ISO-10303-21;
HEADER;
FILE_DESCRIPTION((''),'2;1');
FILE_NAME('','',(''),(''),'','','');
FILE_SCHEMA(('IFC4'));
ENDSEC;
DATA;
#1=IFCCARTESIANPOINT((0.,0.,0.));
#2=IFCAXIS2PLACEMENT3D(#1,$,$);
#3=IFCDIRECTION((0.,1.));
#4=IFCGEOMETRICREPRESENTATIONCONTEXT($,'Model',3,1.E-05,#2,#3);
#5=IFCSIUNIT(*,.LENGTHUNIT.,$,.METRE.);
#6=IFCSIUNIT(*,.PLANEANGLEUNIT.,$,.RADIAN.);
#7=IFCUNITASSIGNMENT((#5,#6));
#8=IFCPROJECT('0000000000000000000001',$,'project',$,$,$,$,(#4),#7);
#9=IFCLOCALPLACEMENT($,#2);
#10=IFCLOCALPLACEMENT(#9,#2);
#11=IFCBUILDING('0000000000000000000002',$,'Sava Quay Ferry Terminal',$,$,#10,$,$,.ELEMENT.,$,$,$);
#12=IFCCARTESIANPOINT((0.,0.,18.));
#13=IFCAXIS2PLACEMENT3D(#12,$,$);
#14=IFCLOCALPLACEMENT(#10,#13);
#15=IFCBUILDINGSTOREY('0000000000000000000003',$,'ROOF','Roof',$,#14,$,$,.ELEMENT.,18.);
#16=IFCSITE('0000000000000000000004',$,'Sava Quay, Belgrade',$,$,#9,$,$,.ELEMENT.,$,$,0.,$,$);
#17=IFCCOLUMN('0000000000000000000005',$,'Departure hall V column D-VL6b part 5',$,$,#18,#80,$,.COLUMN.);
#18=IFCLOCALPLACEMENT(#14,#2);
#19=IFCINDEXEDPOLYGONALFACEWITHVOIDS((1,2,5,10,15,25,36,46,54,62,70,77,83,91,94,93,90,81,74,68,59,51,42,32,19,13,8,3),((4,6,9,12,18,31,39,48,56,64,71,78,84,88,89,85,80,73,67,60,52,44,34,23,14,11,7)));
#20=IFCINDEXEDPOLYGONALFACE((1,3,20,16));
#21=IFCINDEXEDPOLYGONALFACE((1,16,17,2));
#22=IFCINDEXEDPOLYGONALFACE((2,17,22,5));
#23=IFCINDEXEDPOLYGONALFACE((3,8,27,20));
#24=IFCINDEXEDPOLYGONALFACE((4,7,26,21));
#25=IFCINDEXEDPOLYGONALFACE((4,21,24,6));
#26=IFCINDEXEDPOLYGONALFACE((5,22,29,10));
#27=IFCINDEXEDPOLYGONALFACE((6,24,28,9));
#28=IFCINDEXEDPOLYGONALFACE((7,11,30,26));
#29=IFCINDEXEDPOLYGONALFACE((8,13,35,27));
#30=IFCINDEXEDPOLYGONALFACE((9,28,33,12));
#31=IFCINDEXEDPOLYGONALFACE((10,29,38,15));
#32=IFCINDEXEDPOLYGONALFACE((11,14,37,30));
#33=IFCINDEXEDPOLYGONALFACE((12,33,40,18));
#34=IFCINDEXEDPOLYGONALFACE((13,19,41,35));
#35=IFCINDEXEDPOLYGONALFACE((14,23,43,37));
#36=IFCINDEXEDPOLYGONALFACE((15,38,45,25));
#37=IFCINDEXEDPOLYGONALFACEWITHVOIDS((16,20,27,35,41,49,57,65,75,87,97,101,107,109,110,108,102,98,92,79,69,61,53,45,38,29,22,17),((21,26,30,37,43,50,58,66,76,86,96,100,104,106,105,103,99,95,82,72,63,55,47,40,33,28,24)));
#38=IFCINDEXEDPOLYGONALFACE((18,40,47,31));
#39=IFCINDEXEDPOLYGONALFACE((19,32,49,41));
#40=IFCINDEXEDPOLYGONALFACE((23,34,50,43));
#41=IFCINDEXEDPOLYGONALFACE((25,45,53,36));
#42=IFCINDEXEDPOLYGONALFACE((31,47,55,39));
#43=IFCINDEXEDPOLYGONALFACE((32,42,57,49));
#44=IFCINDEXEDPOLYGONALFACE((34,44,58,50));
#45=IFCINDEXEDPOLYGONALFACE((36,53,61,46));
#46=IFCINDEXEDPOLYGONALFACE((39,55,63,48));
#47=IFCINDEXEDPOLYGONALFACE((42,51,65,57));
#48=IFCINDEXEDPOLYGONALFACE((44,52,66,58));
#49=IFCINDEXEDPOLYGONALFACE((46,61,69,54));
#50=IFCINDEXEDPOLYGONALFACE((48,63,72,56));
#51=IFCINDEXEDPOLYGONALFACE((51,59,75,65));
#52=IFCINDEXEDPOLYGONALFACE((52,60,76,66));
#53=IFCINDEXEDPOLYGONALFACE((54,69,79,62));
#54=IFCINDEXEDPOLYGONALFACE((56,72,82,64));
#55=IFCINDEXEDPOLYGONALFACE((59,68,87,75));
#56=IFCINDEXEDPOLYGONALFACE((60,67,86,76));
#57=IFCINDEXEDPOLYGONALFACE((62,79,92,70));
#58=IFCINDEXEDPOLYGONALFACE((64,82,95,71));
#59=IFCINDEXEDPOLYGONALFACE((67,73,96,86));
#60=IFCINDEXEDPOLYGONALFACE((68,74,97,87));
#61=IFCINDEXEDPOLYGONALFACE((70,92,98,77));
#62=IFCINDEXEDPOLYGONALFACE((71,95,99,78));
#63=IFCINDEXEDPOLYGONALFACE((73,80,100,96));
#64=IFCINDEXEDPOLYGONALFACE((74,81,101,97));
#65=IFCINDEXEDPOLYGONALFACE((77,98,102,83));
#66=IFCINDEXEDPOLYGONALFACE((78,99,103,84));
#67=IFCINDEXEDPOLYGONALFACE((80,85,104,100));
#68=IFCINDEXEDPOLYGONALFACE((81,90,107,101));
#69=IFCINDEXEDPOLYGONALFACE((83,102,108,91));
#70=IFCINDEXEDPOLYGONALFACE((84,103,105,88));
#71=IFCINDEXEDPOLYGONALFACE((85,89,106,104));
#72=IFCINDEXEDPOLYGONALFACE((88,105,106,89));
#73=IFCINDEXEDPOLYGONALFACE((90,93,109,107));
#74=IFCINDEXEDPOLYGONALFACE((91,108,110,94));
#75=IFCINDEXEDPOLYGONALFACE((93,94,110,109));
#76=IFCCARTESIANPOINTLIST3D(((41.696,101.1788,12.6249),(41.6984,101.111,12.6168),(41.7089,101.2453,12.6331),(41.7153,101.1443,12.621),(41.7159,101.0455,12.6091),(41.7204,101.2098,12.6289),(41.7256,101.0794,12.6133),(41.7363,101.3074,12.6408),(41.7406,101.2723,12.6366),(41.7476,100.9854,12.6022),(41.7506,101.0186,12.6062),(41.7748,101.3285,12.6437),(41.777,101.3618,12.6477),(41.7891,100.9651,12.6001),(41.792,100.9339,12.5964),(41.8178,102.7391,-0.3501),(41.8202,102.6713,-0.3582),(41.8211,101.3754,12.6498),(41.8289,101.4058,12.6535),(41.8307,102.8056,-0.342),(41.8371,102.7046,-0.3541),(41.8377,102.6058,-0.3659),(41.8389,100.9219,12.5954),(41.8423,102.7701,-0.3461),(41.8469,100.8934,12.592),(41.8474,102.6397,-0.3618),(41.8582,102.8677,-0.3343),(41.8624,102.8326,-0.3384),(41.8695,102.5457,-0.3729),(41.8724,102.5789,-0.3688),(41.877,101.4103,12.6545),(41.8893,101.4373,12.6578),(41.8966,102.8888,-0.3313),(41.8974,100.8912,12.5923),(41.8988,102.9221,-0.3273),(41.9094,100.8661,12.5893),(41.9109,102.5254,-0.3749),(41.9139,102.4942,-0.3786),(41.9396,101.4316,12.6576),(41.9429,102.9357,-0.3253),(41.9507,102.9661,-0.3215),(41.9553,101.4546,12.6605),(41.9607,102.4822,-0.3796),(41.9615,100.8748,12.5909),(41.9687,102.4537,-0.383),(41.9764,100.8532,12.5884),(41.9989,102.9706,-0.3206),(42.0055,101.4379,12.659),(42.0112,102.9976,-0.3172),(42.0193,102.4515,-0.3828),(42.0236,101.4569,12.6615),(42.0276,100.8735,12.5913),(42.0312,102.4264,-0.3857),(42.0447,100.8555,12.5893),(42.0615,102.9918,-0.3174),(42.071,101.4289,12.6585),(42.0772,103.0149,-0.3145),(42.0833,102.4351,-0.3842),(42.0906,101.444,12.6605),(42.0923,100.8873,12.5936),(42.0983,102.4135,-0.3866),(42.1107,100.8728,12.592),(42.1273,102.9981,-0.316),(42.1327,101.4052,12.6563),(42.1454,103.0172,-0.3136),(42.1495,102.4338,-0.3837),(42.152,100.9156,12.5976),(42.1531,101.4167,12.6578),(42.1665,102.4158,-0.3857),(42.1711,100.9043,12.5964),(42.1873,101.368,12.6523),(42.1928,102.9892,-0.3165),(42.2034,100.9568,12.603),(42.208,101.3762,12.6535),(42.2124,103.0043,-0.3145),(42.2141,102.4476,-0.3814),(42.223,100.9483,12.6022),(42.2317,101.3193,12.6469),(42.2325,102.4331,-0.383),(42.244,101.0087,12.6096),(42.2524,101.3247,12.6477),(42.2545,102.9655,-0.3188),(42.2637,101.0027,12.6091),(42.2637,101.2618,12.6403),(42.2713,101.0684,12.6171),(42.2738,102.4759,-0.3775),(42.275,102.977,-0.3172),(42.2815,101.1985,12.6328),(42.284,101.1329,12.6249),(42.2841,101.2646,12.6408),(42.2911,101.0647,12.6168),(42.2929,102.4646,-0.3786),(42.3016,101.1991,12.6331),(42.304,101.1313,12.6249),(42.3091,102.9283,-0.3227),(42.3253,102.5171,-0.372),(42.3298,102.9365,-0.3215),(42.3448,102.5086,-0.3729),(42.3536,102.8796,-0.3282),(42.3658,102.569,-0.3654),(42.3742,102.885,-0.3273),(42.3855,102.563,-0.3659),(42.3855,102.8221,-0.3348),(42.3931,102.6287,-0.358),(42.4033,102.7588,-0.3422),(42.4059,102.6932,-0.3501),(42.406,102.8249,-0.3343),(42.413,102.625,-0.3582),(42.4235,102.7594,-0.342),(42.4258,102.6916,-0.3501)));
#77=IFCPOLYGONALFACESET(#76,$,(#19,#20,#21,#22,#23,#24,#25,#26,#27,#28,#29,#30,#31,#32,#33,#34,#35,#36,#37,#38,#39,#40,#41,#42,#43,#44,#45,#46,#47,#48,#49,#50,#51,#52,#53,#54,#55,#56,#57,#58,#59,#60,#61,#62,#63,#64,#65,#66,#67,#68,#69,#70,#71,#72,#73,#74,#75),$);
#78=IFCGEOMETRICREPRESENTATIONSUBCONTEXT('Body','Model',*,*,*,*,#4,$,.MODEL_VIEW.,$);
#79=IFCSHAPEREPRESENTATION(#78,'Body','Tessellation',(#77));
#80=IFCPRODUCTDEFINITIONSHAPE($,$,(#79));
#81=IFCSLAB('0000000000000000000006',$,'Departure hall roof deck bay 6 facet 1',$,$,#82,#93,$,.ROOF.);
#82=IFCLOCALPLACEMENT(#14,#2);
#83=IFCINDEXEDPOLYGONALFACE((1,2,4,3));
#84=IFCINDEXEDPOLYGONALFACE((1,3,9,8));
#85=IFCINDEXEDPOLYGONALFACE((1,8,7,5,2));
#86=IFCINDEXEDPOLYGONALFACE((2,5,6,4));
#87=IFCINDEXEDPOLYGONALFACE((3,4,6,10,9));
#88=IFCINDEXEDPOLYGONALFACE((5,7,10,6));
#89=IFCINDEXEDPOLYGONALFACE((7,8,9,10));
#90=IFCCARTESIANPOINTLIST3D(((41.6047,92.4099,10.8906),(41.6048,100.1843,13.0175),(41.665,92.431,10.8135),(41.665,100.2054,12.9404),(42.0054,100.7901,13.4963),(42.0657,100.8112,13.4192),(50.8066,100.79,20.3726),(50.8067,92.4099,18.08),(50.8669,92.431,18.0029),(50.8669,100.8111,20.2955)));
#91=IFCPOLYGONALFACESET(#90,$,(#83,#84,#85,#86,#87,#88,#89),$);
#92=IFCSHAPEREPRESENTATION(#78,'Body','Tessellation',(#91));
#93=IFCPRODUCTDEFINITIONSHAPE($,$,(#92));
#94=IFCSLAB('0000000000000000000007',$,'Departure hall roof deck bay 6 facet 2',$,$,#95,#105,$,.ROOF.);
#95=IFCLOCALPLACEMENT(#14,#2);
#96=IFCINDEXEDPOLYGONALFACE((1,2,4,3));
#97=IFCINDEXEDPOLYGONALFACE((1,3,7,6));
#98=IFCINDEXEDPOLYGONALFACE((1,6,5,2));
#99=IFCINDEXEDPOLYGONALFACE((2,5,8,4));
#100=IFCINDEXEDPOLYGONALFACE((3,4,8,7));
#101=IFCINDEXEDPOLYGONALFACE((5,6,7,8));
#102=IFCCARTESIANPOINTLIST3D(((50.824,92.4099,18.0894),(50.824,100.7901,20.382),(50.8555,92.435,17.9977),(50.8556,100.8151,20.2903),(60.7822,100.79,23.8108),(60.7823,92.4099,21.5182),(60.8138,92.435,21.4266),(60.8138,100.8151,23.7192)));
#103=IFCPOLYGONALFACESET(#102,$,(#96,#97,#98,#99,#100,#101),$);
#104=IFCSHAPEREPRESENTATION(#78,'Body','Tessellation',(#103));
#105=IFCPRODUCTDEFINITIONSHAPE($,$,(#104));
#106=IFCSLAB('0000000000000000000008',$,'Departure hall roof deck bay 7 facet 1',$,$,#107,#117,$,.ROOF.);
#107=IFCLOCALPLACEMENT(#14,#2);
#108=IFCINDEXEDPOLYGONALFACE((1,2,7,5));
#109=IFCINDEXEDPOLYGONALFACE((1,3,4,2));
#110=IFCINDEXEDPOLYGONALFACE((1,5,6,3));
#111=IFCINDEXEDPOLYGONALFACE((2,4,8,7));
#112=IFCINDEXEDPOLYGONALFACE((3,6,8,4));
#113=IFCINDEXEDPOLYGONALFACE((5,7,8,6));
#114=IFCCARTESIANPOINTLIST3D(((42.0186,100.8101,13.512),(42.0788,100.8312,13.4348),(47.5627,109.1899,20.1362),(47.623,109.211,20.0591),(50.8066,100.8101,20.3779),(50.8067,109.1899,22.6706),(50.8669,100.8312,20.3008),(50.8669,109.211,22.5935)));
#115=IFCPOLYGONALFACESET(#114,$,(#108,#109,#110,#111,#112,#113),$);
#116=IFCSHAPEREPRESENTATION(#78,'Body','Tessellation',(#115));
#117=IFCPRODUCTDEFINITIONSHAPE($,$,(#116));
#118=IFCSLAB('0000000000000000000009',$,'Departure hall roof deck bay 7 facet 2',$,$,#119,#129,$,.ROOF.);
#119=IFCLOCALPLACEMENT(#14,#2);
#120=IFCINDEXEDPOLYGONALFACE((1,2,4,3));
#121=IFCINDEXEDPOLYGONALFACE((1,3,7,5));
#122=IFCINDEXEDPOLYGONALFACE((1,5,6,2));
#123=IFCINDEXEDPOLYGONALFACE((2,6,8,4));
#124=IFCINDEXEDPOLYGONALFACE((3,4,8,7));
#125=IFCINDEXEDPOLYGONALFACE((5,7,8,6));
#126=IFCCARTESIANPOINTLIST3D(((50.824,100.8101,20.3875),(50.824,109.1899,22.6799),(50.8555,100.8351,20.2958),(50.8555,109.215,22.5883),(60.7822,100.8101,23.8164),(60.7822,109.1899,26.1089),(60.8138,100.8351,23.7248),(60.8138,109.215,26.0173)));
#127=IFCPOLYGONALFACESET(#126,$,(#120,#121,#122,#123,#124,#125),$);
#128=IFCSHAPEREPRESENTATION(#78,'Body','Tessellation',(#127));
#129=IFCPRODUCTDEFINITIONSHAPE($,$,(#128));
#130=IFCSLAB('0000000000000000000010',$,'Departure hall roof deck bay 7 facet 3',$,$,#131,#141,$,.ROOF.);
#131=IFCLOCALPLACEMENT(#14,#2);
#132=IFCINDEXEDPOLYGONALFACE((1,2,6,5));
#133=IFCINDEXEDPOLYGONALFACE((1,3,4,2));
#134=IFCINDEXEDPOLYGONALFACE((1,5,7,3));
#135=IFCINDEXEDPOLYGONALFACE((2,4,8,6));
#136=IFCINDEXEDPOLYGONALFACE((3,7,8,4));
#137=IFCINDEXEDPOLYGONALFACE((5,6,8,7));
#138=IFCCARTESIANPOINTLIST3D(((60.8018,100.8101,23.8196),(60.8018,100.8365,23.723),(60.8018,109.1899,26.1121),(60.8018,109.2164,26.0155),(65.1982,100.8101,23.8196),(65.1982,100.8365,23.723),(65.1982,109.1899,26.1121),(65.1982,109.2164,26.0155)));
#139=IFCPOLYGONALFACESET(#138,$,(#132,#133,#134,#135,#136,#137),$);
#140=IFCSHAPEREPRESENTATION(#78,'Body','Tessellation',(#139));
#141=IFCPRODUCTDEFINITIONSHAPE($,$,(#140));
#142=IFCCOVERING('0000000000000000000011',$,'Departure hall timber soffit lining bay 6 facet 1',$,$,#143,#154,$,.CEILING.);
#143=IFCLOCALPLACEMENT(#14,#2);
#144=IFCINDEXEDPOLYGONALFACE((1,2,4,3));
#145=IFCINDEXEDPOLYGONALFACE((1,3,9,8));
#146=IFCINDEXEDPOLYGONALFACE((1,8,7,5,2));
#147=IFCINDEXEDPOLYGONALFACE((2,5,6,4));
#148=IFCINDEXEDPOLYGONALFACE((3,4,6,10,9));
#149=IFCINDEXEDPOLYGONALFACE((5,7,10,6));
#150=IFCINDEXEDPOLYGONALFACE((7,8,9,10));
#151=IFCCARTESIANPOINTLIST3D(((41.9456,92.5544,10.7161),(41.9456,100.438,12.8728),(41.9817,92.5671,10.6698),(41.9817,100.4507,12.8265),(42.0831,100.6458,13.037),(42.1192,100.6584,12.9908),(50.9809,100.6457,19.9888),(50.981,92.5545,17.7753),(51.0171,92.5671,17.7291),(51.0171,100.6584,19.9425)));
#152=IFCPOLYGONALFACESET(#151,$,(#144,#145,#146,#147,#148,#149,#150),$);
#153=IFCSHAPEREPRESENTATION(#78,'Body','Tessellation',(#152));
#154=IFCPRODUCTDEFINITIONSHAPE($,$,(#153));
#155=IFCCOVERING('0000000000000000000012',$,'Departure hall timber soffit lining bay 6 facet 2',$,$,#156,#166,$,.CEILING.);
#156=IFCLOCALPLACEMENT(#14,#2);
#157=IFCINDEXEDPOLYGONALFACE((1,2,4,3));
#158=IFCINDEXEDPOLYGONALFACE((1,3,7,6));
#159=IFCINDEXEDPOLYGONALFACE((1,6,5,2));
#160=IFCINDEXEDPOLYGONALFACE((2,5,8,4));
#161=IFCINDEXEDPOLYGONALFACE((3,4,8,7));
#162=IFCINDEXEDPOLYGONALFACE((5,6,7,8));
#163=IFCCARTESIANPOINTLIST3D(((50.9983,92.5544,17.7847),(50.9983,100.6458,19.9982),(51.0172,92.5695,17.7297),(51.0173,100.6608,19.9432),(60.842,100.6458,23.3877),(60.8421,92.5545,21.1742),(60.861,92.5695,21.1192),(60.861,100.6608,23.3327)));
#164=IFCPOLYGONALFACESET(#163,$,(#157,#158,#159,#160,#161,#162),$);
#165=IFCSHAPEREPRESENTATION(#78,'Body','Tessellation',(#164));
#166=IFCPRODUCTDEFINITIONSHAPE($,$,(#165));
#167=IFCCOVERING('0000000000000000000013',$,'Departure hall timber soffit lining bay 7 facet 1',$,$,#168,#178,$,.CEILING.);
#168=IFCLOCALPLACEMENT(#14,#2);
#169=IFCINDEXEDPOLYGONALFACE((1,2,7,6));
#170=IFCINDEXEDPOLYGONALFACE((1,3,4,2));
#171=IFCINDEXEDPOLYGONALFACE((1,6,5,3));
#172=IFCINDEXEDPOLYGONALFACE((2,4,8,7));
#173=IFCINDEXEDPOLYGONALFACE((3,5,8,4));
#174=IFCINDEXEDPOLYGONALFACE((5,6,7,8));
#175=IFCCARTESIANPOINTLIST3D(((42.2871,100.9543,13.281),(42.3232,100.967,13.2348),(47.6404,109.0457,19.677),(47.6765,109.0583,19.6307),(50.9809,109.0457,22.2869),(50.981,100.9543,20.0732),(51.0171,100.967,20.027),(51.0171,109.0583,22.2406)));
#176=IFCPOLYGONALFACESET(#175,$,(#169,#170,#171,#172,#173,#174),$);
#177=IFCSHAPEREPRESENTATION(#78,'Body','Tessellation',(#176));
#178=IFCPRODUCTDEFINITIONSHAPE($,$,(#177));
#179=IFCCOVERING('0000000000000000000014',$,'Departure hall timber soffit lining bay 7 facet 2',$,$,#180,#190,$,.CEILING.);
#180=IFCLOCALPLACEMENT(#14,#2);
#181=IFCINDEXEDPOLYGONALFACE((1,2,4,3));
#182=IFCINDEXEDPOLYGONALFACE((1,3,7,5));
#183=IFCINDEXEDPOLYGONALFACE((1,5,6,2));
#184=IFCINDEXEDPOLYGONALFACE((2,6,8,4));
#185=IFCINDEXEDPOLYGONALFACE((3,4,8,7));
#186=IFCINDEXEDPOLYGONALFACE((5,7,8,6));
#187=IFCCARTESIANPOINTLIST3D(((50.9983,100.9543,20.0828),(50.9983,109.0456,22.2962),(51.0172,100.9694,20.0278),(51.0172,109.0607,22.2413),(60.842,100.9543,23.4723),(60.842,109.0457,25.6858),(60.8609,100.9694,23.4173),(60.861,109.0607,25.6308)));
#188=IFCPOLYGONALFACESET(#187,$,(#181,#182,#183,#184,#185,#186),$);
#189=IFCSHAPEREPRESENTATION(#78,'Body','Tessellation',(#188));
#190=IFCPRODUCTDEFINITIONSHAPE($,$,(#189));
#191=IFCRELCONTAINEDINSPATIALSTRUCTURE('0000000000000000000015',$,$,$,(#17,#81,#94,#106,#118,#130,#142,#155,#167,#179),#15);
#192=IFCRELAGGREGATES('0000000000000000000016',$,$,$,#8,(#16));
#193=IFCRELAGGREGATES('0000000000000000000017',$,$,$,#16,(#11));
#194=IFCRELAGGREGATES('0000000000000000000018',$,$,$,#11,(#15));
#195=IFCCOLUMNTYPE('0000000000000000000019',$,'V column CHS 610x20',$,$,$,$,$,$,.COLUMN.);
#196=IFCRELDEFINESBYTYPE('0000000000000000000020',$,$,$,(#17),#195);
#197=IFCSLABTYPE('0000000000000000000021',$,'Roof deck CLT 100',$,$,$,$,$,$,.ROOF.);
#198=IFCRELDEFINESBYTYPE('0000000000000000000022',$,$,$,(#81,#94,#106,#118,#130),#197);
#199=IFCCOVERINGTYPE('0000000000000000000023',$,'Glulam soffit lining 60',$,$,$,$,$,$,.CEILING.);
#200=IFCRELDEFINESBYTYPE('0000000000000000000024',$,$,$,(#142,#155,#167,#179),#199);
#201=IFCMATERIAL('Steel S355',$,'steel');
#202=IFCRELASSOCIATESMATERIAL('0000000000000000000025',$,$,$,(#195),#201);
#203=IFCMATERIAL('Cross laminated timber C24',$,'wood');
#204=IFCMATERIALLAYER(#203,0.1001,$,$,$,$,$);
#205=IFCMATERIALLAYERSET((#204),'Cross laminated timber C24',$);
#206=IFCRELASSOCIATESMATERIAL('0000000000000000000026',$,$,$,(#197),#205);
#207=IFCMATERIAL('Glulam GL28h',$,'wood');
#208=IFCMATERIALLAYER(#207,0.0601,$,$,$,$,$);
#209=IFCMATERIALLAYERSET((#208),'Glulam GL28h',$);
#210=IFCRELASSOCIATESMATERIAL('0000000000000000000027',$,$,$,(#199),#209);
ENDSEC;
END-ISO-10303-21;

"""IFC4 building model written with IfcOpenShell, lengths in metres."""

from ifc_helpers import new_model, si_unit, direction, frame, origin, origin_2d, place, context, subcontext, project, spatial, polyline, hollow_circle, outline, extrude, material, layer, layer_set, material_profile, profile_set, type_object, element, save


model = new_model("IFC4")

# Units and contexts
model_context = context("Model", 3, precision=1e-05, world=origin(), true_north=direction((0.0, 1.0)))
body_context = subcontext(model_context, "Body", "Model", "MODEL_VIEW")
ifc_project = project(units=[si_unit("LENGTHUNIT", "METRE"), si_unit("PLANEANGLEUNIT", "RADIAN")], contexts=[model_context])

# Site, building, storey
site_placement = place(None, origin())
site = spatial("IfcSite", under=ifc_project, at=site_placement, Name="Sava Quay, Belgrade", CompositionType="ELEMENT", RefElevation=0.0)
building_placement = place(site_placement, origin())
building = spatial("IfcBuilding", under=site, at=building_placement, Name="Sava Quay Ferry Terminal", CompositionType="ELEMENT")
storey_placement = place(building_placement, frame((0.0, 0.0, 18.0)))
storey = spatial("IfcBuildingStorey", under=building, at=storey_placement, Name="ROOF", Description="Roof", CompositionType="ELEMENT", Elevation=18.0)

# Column
ifc_material_1 = material(Name="Steel S355", Category="steel")
ifc_material_profile_1 = material_profile(ifc_material_1, hollow_circle(Radius=0.3049, WallThickness=0.02, at=origin_2d()), Name="CHS 610 x 20.0")
ifc_profile_set_1 = profile_set([ifc_material_profile_1], Name="Steel S355")
column_type_1 = type_object("IfcColumnType", Name="V column CHS 610x20", PredefinedType="COLUMN", material=ifc_profile_set_1)
column_1_placement = place(storey_placement, frame((42.1218, 102.7153, -0.3501), z_axis=(-0.009322, -0.119388, 0.992804), x_axis=(0.996966, -0.077842, 0.0)))
element("IfcColumn", 1, at=column_1_placement, inside=storey, type_object=column_type_1, Name="Departure hall V column D-VL6b part 5", PredefinedType="COLUMN", context=body_context, shape_type="SweptSolid", body=[
    extrude(hollow_circle(Radius=0.3049, WallThickness=0.02, at=origin_2d()), origin(), (0.0, 0.0, 1.0), 13.0691),
])

# Slabs
ifc_material_2 = material(Name="Cross laminated timber C24", Category="wood")
ifc_layer_1 = layer(ifc_material_2, 0.1001)
ifc_layer_set_1 = layer_set([ifc_layer_1], Name="Cross laminated timber C24")
slab_type = type_object("IfcSlabType", Name="Roof deck CLT 100", PredefinedType="ROOF", material=ifc_layer_set_1)
slab_1_placement = place(storey_placement, frame((41.6047, 92.4099, 10.8906), z_axis=(-0.601838, -0.210738, 0.770312), x_axis=(0.000004, 0.964555, 0.263881)))
element("IfcSlab", 2, at=slab_1_placement, inside=storey, type_object=slab_type, Name="Departure hall roof deck bay 6 facet 1", PredefinedType="ROOF", context=body_context, shape_type="SweptSolid", body=[
    extrude(outline(polyline([(0.0, 0.0), (8.0601, 0.0), (8.7707, -0.5017), (10.5852, -11.5222), (1.8972, -11.5223), (0.0, 0.0)])), origin(), (0.0, 0.0, -1.0), 0.1001),
])
slab_2_placement = place(storey_placement, frame((50.824, 92.4099, 18.0894), z_axis=(-0.315188, -0.250429, 0.915391), x_axis=(0.000004, 0.964555, 0.263881)))
element("IfcSlab", 3, at=slab_2_placement, inside=storey, type_object=slab_type, Name="Departure hall roof deck bay 6 facet 2", PredefinedType="ROOF", context=body_context, shape_type="SweptSolid", body=[
    extrude(outline(polyline([(0.0, 0.0), (8.6881, 0.0), (9.5929, -10.4931), (0.9049, -10.4931), (0.0, 0.0)])), origin(), (0.0, 0.0, -1.0), 0.1001),
])
slab_3_placement = place(storey_placement, frame((47.5627, 109.1899, 20.1362), z_axis=(-0.601832, -0.210754, 0.770312), x_axis=(0.788011, 0.000001, 0.615661)))
element("IfcSlab", 4, at=slab_3_placement, inside=storey, type_object=slab_type, Name="Departure hall roof deck bay 7 facet 1", PredefinedType="ROOF", context=body_context, shape_type="SweptSolid", body=[
    extrude(outline(polyline([(0.0, 0.0), (4.1166, 0.0), (2.705, -8.5724), (-8.4472, -8.5724), (0.0, 0.0)])), origin(), (0.0, 0.0, -1.0), 0.1001),
])
slab_4_placement = place(storey_placement, frame((50.824, 100.8101, 20.3875), z_axis=(-0.315199, -0.250423, 0.91539), x_axis=(0.0, 0.964557, 0.263873)))
element("IfcSlab", 5, at=slab_4_placement, inside=storey, type_object=slab_type, Name="Departure hall roof deck bay 7 facet 2", PredefinedType="ROOF", context=body_context, shape_type="SweptSolid", body=[
    extrude(outline(polyline([(0.0, 0.0), (8.6878, 0.0), (9.5926, -10.4931), (0.9048, -10.4931), (0.0, 0.0)])), origin(), (0.0, 0.0, -1.0), 0.1001),
])
slab_5_placement = place(storey_placement, frame((60.8018, 100.8101, 23.8196), z_axis=(0.0, -0.263873, 0.964557), x_axis=(0.0, 0.964557, 0.263873)))
element("IfcSlab", 6, at=slab_5_placement, inside=storey, type_object=slab_type, Name="Departure hall roof deck bay 7 facet 3", PredefinedType="ROOF", context=body_context, shape_type="SweptSolid", body=[
    extrude(outline(polyline([(0.0, 0.0), (8.6878, 0.0), (8.6878, -4.3965), (0.0, -4.3965), (0.0, 0.0)])), origin(), (0.0, 0.0, -1.0), 0.1001),
])

# Coverings
ifc_material_3 = material(Name="Glulam GL28h", Category="wood")
ifc_layer_2 = layer(ifc_material_3, 0.0601)
ifc_layer_set_2 = layer_set([ifc_layer_2], Name="Glulam GL28h")
covering_type_1 = type_object("IfcCoveringType", Name="Glulam soffit lining 60", PredefinedType="CEILING", material=ifc_layer_set_2)
covering_1_placement = place(storey_placement, frame((41.9456, 92.5544, 10.7161), z_axis=(-0.601836, -0.210733, 0.770315), x_axis=(0.000003, 0.964557, 0.263874)))
element("IfcCovering", 7, at=covering_1_placement, inside=storey, type_object=covering_type_1, Name="Departure hall timber soffit lining bay 6 facet 1", PredefinedType="CEILING", context=body_context, shape_type="SweptSolid", body=[
    extrude(outline(polyline([(0.0, 0.0), (8.1732, 0.0), (8.417, -0.1722), (10.2514, -11.3137), (1.8628, -11.3138), (0.0, 0.0)])), origin(), (0.0, 0.0, -1.0), 0.0601),
])
covering_2_placement = place(storey_placement, frame((50.9983, 92.5544, 17.7847), z_axis=(-0.315199, -0.250419, 0.915391), x_axis=(0.000004, 0.964558, 0.263871)))
element("IfcCovering", 8, at=covering_2_placement, inside=storey, type_object=covering_type_1, Name="Departure hall timber soffit lining bay 6 facet 2", PredefinedType="CEILING", context=body_context, shape_type="SweptSolid", body=[
    extrude(outline(polyline([(0.0, 0.0), (8.3886, 0.0), (9.2831, -10.3724), (0.8945, -10.3725), (0.0, 0.0)])), origin(), (0.0, 0.0, -1.0), 0.0601),
])
covering_3_placement = place(storey_placement, frame((47.6404, 109.0457, 19.677), z_axis=(-0.601825, -0.210746, 0.77032), x_axis=(0.788018, -0.000001, 0.615652)))
element("IfcCovering", 9, at=covering_3_placement, inside=storey, type_object=covering_type_1, Name="Departure hall timber soffit lining bay 7 facet 1", PredefinedType="CEILING", context=body_context, shape_type="SweptSolid", body=[
    extrude(outline(polyline([(0.0, 0.0), (4.2392, 0.0), (2.8764, -8.2772), (-8.1562, -8.2772), (0.0, 0.0)])), origin(), (0.0, 0.0, -1.0), 0.0601),
])
covering_4_placement = place(storey_placement, frame((50.9983, 100.9543, 20.0828), z_axis=(-0.315199, -0.250419, 0.915391), x_axis=(-0.000004, 0.964559, 0.263868)))
element("IfcCovering", 10, at=covering_4_placement, inside=storey, type_object=covering_type_1, Name="Departure hall timber soffit lining bay 7 facet 2", PredefinedType="CEILING", context=body_context, shape_type="SweptSolid", body=[
    extrude(outline(polyline([(0.0, 0.0), (8.3886, 0.0), (9.283, -10.3725), (0.8943, -10.3724), (0.0, 0.0)])), origin(), (0.0, 0.0, -1.0), 0.0601),
])

save(model, "model.ifc")
